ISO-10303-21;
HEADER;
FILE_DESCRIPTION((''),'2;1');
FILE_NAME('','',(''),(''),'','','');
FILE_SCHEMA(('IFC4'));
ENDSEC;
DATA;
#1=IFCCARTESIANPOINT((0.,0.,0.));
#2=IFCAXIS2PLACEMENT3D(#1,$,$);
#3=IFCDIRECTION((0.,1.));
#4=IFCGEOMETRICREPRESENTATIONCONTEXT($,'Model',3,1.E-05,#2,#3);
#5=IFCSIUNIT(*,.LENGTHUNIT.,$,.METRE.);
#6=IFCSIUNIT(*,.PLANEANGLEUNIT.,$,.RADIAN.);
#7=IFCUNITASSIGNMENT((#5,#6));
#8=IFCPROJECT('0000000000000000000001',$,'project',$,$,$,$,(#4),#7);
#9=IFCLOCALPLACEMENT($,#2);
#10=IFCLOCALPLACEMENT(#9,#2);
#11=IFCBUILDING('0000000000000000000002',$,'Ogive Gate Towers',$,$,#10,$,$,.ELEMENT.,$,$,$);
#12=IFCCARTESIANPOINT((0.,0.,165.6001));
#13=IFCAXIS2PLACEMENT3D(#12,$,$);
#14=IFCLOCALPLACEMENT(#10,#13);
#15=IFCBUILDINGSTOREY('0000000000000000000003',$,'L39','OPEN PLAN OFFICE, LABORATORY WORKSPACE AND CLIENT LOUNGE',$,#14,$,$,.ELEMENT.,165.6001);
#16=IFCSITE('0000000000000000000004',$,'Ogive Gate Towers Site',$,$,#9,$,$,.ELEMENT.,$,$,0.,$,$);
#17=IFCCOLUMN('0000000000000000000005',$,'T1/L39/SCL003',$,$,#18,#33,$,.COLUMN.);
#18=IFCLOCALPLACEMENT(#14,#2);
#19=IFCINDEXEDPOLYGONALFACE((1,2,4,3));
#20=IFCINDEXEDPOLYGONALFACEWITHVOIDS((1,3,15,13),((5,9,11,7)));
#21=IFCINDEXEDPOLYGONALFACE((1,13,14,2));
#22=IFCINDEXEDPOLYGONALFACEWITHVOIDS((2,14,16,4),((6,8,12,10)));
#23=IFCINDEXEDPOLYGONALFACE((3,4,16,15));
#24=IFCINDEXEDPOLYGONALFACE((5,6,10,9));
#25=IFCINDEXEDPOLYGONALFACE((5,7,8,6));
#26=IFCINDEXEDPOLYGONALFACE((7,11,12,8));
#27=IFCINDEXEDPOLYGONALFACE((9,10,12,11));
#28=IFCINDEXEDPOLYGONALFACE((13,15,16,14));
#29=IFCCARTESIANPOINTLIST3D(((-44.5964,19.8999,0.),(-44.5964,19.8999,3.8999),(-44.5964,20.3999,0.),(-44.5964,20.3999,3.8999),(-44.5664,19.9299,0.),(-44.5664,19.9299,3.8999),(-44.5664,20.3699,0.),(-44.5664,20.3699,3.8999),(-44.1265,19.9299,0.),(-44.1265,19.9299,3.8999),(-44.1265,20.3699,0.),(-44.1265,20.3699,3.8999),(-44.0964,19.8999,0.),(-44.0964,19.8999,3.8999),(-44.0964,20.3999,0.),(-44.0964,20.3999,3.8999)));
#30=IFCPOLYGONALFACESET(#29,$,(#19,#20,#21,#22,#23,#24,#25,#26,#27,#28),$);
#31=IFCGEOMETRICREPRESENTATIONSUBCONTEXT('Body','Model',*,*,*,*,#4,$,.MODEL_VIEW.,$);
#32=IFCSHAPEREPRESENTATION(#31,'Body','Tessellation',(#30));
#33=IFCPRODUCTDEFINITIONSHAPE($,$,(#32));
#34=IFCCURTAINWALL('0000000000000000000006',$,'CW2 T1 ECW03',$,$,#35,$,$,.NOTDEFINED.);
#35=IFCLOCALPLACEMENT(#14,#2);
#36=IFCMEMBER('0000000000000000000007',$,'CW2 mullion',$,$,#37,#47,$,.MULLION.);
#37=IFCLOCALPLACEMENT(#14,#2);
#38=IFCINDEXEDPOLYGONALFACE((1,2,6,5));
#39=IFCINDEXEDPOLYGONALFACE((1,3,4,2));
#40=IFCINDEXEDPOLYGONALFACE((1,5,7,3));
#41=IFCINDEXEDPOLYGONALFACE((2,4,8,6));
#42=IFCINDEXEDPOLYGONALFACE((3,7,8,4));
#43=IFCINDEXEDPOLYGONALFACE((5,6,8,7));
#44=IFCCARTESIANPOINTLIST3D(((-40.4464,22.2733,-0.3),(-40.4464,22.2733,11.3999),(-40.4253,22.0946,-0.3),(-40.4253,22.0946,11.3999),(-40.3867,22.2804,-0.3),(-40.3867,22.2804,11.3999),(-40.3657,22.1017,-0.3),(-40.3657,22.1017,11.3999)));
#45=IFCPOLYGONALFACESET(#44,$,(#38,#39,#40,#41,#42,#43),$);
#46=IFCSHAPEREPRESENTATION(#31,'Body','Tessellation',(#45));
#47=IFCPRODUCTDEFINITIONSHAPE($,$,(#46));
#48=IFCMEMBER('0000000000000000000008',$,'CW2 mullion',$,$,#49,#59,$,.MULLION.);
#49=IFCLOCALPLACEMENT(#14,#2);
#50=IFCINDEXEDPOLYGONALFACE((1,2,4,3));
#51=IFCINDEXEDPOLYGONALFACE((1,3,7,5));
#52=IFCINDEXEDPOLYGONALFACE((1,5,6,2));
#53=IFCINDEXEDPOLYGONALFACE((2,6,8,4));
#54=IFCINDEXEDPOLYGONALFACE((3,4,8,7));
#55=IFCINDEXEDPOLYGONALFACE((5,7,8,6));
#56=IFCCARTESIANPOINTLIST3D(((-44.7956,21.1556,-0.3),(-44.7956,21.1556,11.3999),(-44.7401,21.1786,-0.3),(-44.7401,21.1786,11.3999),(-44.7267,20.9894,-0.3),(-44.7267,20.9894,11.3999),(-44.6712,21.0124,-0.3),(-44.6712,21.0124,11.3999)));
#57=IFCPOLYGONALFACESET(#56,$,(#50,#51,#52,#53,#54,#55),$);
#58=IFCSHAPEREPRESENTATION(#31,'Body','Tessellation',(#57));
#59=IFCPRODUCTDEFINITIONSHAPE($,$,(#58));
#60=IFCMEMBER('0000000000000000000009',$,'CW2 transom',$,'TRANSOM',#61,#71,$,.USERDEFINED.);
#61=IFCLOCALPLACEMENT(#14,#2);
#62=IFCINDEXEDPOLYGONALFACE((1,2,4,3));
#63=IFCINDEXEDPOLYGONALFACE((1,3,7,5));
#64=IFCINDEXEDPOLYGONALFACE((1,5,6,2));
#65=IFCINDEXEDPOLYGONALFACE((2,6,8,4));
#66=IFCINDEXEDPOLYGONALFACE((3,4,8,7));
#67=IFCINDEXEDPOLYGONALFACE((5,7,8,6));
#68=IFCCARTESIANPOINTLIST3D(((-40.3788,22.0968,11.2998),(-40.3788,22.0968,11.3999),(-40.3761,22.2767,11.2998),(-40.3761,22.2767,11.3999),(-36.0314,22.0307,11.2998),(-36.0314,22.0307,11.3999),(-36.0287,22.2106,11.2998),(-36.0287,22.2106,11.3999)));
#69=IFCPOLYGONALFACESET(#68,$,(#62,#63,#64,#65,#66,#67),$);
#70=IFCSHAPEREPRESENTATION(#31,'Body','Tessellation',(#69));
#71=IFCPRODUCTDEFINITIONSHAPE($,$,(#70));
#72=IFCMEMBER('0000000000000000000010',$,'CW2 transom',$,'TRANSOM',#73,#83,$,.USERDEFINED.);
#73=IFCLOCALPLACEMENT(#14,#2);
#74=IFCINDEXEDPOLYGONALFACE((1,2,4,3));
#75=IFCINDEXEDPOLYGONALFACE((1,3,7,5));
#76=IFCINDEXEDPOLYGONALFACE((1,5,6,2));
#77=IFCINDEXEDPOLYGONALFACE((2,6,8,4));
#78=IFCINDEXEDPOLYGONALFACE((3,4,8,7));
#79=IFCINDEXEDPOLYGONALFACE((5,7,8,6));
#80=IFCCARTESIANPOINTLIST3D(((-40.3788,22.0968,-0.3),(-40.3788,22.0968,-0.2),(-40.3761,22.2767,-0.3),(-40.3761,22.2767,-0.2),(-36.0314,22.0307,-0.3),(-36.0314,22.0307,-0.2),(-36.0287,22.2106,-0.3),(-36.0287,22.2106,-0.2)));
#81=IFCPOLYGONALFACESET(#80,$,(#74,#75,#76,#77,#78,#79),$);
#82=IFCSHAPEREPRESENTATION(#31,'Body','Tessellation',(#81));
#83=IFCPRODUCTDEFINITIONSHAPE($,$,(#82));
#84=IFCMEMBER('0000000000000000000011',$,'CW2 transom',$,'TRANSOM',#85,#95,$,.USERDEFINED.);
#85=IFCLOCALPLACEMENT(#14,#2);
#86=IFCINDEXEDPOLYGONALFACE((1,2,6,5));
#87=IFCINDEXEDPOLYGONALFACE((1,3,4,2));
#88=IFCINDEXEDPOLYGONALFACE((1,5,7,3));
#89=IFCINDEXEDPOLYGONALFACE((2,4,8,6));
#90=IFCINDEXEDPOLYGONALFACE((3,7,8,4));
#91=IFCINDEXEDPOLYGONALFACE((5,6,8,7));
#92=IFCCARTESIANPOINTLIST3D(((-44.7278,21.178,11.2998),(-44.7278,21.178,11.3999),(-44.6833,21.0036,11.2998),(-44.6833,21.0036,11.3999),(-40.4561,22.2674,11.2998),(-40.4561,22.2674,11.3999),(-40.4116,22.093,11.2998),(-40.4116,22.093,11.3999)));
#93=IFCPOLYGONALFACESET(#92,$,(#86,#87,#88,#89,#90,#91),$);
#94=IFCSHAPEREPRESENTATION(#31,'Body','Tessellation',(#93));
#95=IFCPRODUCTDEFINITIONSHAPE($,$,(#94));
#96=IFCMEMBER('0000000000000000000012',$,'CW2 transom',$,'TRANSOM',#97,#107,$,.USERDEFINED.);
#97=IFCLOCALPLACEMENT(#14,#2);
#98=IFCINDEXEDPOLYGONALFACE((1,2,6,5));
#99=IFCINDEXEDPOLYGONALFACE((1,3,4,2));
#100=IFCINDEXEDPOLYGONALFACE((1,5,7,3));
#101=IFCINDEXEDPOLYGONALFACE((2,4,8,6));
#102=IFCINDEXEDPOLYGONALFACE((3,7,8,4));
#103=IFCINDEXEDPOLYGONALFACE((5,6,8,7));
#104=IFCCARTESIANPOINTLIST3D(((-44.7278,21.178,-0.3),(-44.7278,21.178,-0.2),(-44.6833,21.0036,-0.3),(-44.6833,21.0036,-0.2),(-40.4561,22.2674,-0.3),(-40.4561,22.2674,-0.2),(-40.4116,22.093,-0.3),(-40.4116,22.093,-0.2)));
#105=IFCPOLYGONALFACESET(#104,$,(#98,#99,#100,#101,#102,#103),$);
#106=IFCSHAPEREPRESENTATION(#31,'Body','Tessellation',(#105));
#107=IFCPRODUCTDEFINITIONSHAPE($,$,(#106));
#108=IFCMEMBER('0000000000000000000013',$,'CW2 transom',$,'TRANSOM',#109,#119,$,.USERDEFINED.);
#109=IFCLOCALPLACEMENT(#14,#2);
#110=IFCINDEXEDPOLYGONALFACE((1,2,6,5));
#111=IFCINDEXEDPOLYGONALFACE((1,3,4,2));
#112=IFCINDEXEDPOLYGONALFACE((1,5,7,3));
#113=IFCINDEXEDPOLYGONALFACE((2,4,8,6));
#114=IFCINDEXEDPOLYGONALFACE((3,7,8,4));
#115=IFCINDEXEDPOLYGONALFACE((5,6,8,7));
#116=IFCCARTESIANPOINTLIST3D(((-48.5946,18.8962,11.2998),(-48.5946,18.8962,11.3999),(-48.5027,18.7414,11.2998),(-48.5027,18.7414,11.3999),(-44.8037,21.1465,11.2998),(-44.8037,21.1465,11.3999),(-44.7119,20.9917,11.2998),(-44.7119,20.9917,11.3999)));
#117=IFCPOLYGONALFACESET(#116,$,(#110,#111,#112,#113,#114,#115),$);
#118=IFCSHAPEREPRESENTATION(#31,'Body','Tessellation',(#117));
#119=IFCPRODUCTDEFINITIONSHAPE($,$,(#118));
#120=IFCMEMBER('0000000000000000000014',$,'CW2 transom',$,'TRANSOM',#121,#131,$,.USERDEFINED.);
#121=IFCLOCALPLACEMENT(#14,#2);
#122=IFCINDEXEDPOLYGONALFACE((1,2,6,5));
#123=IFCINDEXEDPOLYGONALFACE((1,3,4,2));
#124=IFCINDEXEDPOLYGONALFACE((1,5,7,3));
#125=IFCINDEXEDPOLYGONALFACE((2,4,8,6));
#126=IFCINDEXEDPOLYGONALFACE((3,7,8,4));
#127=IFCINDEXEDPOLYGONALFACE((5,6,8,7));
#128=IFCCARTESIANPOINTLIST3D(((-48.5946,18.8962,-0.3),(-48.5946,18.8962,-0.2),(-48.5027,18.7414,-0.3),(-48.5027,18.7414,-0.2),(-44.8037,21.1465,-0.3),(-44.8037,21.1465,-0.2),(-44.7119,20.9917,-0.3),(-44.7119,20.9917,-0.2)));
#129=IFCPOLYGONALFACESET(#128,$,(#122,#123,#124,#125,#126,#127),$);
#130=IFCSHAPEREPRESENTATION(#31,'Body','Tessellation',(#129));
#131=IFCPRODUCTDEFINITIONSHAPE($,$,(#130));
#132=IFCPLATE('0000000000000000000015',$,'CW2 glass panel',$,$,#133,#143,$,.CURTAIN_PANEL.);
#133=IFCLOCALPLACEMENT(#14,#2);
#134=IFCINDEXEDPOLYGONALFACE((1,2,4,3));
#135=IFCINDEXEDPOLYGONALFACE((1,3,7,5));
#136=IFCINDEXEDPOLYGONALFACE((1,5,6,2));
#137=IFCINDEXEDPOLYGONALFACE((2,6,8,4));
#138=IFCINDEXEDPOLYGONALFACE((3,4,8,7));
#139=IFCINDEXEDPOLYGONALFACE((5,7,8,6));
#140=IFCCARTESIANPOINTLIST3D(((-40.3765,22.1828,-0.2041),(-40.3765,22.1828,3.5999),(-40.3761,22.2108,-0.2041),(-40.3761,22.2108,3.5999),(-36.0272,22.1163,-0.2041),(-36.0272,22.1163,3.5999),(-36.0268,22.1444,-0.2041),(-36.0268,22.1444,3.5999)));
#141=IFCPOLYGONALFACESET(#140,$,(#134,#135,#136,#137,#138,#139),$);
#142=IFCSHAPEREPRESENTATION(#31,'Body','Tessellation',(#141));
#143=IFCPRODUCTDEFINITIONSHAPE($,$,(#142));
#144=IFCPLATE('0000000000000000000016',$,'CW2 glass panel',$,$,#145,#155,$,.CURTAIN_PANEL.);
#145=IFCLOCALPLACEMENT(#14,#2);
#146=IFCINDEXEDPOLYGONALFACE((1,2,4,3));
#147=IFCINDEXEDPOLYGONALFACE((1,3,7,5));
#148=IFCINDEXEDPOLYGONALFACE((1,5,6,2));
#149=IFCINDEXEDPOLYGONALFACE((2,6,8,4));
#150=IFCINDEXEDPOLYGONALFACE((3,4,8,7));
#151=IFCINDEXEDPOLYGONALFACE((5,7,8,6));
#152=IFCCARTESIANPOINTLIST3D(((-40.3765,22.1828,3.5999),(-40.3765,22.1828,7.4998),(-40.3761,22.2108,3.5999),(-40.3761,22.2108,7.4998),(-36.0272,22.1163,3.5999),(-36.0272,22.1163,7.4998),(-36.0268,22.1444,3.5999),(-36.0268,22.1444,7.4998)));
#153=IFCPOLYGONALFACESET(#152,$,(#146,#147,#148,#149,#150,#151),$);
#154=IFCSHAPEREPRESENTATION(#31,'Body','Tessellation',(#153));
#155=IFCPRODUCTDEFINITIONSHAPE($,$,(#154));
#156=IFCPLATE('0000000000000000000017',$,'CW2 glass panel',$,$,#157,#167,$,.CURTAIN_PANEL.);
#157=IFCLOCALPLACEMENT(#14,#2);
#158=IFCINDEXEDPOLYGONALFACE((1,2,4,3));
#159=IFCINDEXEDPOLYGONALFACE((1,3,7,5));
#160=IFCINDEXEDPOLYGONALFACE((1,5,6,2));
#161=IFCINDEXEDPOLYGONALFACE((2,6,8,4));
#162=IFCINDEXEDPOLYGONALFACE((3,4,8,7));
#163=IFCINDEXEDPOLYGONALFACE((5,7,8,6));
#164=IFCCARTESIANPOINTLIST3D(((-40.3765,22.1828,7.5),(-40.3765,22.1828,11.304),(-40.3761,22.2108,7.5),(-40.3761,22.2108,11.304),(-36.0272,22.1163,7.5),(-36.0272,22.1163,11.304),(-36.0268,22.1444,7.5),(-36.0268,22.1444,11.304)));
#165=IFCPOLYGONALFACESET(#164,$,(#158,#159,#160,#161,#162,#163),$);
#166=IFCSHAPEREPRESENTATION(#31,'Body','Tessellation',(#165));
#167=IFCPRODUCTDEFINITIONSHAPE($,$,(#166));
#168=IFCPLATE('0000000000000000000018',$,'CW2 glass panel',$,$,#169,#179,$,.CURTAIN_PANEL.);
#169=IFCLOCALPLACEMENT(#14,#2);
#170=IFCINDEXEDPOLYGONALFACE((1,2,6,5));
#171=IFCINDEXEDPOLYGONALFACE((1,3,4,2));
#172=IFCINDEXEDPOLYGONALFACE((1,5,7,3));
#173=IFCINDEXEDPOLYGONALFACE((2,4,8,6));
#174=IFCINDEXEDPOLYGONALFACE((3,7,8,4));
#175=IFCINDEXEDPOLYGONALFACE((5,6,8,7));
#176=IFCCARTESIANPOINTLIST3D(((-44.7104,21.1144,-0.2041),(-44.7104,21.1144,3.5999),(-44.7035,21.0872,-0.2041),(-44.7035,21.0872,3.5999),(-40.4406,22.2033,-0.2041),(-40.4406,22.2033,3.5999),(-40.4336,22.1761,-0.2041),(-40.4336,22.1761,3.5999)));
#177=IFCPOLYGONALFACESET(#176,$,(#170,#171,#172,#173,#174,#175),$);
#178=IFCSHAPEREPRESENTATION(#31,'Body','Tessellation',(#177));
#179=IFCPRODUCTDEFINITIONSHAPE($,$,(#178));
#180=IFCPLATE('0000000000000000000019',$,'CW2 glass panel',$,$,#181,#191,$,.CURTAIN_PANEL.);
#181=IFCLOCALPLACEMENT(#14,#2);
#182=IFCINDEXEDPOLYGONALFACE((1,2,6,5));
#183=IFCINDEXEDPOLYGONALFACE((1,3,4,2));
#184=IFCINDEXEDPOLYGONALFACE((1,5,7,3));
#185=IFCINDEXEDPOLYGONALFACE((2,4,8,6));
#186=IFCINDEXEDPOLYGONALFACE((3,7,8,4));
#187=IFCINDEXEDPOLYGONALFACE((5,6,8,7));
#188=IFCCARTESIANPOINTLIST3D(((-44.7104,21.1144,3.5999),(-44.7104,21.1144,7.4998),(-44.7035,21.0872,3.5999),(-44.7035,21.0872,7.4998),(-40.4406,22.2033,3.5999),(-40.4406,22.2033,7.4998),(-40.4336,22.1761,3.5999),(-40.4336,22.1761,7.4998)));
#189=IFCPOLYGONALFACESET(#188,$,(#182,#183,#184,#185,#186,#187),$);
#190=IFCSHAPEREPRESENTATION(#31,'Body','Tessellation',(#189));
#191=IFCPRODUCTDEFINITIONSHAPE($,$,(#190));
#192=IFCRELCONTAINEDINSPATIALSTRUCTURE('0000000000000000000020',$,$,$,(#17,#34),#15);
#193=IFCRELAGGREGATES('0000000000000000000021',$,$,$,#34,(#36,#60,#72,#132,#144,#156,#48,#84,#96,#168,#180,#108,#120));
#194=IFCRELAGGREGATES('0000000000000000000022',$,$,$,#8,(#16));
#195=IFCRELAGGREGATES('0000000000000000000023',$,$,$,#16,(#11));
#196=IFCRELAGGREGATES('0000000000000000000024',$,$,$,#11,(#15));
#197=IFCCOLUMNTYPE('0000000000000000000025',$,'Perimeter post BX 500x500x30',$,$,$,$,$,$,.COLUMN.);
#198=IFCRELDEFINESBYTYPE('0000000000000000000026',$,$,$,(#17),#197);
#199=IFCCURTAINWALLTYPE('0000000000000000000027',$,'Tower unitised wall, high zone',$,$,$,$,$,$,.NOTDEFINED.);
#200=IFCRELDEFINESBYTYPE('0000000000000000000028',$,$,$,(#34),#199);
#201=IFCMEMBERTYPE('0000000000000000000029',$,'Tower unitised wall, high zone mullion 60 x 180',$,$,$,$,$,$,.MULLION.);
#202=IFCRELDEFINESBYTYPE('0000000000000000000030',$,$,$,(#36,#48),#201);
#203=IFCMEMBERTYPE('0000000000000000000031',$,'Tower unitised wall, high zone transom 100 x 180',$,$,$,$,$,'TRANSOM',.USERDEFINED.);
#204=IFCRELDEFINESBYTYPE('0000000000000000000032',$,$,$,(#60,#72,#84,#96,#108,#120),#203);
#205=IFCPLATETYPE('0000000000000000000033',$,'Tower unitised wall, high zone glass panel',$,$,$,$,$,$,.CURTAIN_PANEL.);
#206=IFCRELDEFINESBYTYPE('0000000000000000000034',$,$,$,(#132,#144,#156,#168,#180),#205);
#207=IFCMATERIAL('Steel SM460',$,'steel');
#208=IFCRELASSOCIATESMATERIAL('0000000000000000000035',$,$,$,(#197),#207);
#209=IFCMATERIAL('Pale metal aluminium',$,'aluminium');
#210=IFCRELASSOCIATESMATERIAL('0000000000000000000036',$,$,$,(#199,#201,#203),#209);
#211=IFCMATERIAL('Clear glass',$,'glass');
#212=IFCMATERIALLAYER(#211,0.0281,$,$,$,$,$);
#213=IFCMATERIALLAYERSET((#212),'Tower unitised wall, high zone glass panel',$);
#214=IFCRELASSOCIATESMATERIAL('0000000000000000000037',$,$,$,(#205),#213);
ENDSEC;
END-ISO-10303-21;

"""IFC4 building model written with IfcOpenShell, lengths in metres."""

from ifc_helpers import new_model, si_unit, direction, frame, origin, origin_2d, place, context, subcontext, project, spatial, rectangle, hollow_rectangle, extrude, material, layer, layer_set, material_profile, profile_set, type_object, element, aggregate, save


model = new_model("IFC4")

# Units and contexts
model_context = context("Model", 3, precision=1e-05, world=origin(), true_north=direction((0.0, 1.0)))
body_context = subcontext(model_context, "Body", "Model", "MODEL_VIEW")
ifc_project = project(units=[si_unit("LENGTHUNIT", "METRE"), si_unit("PLANEANGLEUNIT", "RADIAN")], contexts=[model_context])

# Site, building, storey
site_placement = place(None, origin())
site = spatial("IfcSite", under=ifc_project, at=site_placement, Name="Ogive Gate Towers Site", CompositionType="ELEMENT", RefElevation=0.0)
building_placement = place(site_placement, origin())
building = spatial("IfcBuilding", under=site, at=building_placement, Name="Ogive Gate Towers", CompositionType="ELEMENT")
storey_placement = place(building_placement, frame((0.0, 0.0, 165.6001)))
storey = spatial("IfcBuildingStorey", under=building, at=storey_placement, Name="L39", Description="OPEN PLAN OFFICE, LABORATORY WORKSPACE AND CLIENT LOUNGE", CompositionType="ELEMENT", Elevation=165.6001)

# Column
ifc_material_1 = material(Name="Steel SM460", Category="steel")
ifc_material_profile_1 = material_profile(ifc_material_1, hollow_rectangle(XDim=0.5, YDim=0.5, WallThickness=0.03, at=origin_2d()), Name="BX 500x500x30")
ifc_profile_set_1 = profile_set([ifc_material_profile_1], Name="Steel SM460")
column_type = type_object("IfcColumnType", Name="Perimeter post BX 500x500x30", PredefinedType="COLUMN", material=ifc_profile_set_1)
column_placement = place(storey_placement, frame((-44.3464, 20.1499, 0.0), z_axis=(0.0, 0.0, 1.0), x_axis=(1.0, 0.0, 0.0)))
element("IfcColumn", 1, at=column_placement, inside=storey, type_object=column_type, Name="T1/L39/SCL003", PredefinedType="COLUMN", context=body_context, shape_type="SweptSolid", body=[
    extrude(hollow_rectangle(XDim=0.5, YDim=0.5, WallThickness=0.03, at=origin_2d()), origin(), (0.0, 0.0, 1.0), 3.8999),
])

# Curtain wall, members, plates
ifc_material_2 = material(Name="Pale metal aluminium", Category="aluminium")
curtain_wall_type = type_object("IfcCurtainWallType", Name="Tower unitised wall, high zone", PredefinedType="NOTDEFINED", material=ifc_material_2)
curtain_wall_placement = place(storey_placement, origin())
curtain_wall = element("IfcCurtainWall", 2, at=curtain_wall_placement, inside=storey, type_object=curtain_wall_type, Name="CW2 T1 ECW03", PredefinedType="NOTDEFINED")
ifc_material_profile_2 = material_profile(ifc_material_2, rectangle(XDim=0.1799, YDim=0.0601, at=origin_2d()), Name="60 x 180 aluminium box")
ifc_profile_set_2 = profile_set([ifc_material_profile_2], Name="Pale metal aluminium")
member_type_1 = type_object("IfcMemberType", Name="Tower unitised wall, high zone mullion 60 x 180", PredefinedType="MULLION", material=ifc_profile_set_2)
member_1_placement = place(storey_placement, frame((-40.406, 22.1875, -0.3), z_axis=(0.0, 0.0, 1.0), x_axis=(-0.116948, 0.993138, 0.0)))
member_1 = element("IfcMember", 3, at=member_1_placement, type_object=member_type_1, Name="CW2 mullion", PredefinedType="MULLION", context=body_context, shape_type="SweptSolid", body=[
    extrude(rectangle(XDim=0.1799, YDim=0.0601, at=origin_2d()), origin(), (0.0, 0.0, 1.0), 11.7),
])
member_2_placement = place(storey_placement, frame((-44.7334, 21.084, -0.3), z_axis=(0.0, 0.0, 1.0), x_axis=(-0.382683, 0.92388, 0.0)))
member_2 = element("IfcMember", 4, at=member_2_placement, type_object=member_type_1, Name="CW2 mullion", PredefinedType="MULLION", context=body_context, shape_type="SweptSolid", body=[
    extrude(rectangle(XDim=0.1799, YDim=0.0601, at=origin_2d()), origin(), (0.0, 0.0, 1.0), 11.7),
])
ifc_material_profile_3 = material_profile(ifc_material_2, rectangle(XDim=0.1799, YDim=0.1001, at=origin_2d()), Name="100 x 180 aluminium box")
ifc_profile_set_3 = profile_set([ifc_material_profile_3], Name="Pale metal aluminium")
member_type_2 = type_object("IfcMemberType", Name="Tower unitised wall, high zone transom 100 x 180", ElementType="TRANSOM", PredefinedType="USERDEFINED", material=ifc_profile_set_3)
member_3_placement = place(storey_placement, frame((-36.03, 22.1206, 11.3499), z_axis=(-0.999884, 0.015217, 0.0), x_axis=(-0.015217, -0.999884, 0.0)))
member_3 = element("IfcMember", 5, at=member_3_placement, type_object=member_type_2, Name="CW2 transom", ObjectType="TRANSOM", PredefinedType="USERDEFINED", context=body_context, shape_type="SweptSolid", body=[
    extrude(rectangle(XDim=0.1799, YDim=0.1001, at=origin_2d()), origin(), (0.0, 0.0, 1.0), 4.3479),
])
member_4_placement = place(storey_placement, frame((-36.03, 22.1206, -0.25), z_axis=(-0.999884, 0.015217, 0.0), x_axis=(-0.015217, -0.999884, 0.0)))
member_4 = element("IfcMember", 6, at=member_4_placement, type_object=member_type_2, Name="CW2 transom", ObjectType="TRANSOM", PredefinedType="USERDEFINED", context=body_context, shape_type="SweptSolid", body=[
    extrude(rectangle(XDim=0.1799, YDim=0.1001, at=origin_2d()), origin(), (0.0, 0.0, 1.0), 4.3479),
])
member_5_placement = place(storey_placement, frame((-40.4338, 22.1802, 11.3499), z_axis=(-0.968988, -0.247107, 0.0), x_axis=(0.247107, -0.968988, 0.0)))
member_5 = element("IfcMember", 7, at=member_5_placement, type_object=member_type_2, Name="CW2 transom", ObjectType="TRANSOM", PredefinedType="USERDEFINED", context=body_context, shape_type="SweptSolid", body=[
    extrude(rectangle(XDim=0.1799, YDim=0.1001, at=origin_2d()), origin(), (0.0, 0.0, 1.0), 4.4084),
])
member_6_placement = place(storey_placement, frame((-40.4338, 22.1802, -0.25), z_axis=(-0.968988, -0.247107, 0.0), x_axis=(0.247107, -0.968988, 0.0)))
member_6 = element("IfcMember", 8, at=member_6_placement, type_object=member_type_2, Name="CW2 transom", ObjectType="TRANSOM", PredefinedType="USERDEFINED", context=body_context, shape_type="SweptSolid", body=[
    extrude(rectangle(XDim=0.1799, YDim=0.1001, at=origin_2d()), origin(), (0.0, 0.0, 1.0), 4.4084),
])
member_7_placement = place(storey_placement, frame((-44.7578, 21.0691, 11.3499), z_axis=(-0.859907, -0.51045, 0.0), x_axis=(0.51045, -0.859907, 0.0)))
member_7 = element("IfcMember", 9, at=member_7_placement, type_object=member_type_2, Name="CW2 transom", ObjectType="TRANSOM", PredefinedType="USERDEFINED", context=body_context, shape_type="SweptSolid", body=[
    extrude(rectangle(XDim=0.1799, YDim=0.1001, at=origin_2d()), origin(), (0.0, 0.0, 1.0), 4.4084),
])
member_8_placement = place(storey_placement, frame((-44.7578, 21.0691, -0.25), z_axis=(-0.859907, -0.51045, 0.0), x_axis=(0.51045, -0.859907, 0.0)))
member_8 = element("IfcMember", 10, at=member_8_placement, type_object=member_type_2, Name="CW2 transom", ObjectType="TRANSOM", PredefinedType="USERDEFINED", context=body_context, shape_type="SweptSolid", body=[
    extrude(rectangle(XDim=0.1799, YDim=0.1001, at=origin_2d()), origin(), (0.0, 0.0, 1.0), 4.4084),
])
ifc_material_3 = material(Name="Clear glass", Category="glass")
ifc_layer = layer(ifc_material_3, 0.0281)
ifc_layer_set = layer_set([ifc_layer], Name="Tower unitised wall, high zone glass panel")
plate_type = type_object("IfcPlateType", Name="Tower unitised wall, high zone glass panel", PredefinedType="CURTAIN_PANEL", material=ifc_layer_set)
plate_1_placement = place(storey_placement, frame((-38.2017, 22.1636, -0.2041), z_axis=(0.0, 0.0, 1.0), x_axis=(-0.999883, 0.015271, 0.0)))
plate_1 = element("IfcPlate", 11, at=plate_1_placement, type_object=plate_type, Name="CW2 glass panel", PredefinedType="CURTAIN_PANEL", context=body_context, shape_type="SweptSolid", body=[
    extrude(rectangle(XDim=4.3499, YDim=0.0281, at=origin_2d()), origin(), (0.0, 0.0, 1.0), 3.804),
])
plate_2_placement = place(storey_placement, frame((-38.2017, 22.1636, 3.5999), z_axis=(0.0, 0.0, 1.0), x_axis=(-0.999883, 0.015271, 0.0)))
plate_2 = element("IfcPlate", 12, at=plate_2_placement, type_object=plate_type, Name="CW2 glass panel", PredefinedType="CURTAIN_PANEL", context=body_context, shape_type="SweptSolid", body=[
    extrude(rectangle(XDim=4.3499, YDim=0.0281, at=origin_2d()), origin(), (0.0, 0.0, 1.0), 3.8999),
])
plate_3_placement = place(storey_placement, frame((-38.2017, 22.1636, 7.5), z_axis=(0.0, 0.0, 1.0), x_axis=(-0.999883, 0.015271, 0.0)))
plate_3 = element("IfcPlate", 13, at=plate_3_placement, type_object=plate_type, Name="CW2 glass panel", PredefinedType="CURTAIN_PANEL", context=body_context, shape_type="SweptSolid", body=[
    extrude(rectangle(XDim=4.3499, YDim=0.0281, at=origin_2d()), origin(), (0.0, 0.0, 1.0), 3.804),
])
plate_4_placement = place(storey_placement, frame((-42.572, 21.6453, -0.2041), z_axis=(0.0, 0.0, 1.0), x_axis=(-0.96899, -0.2471, 0.0)))
plate_4 = element("IfcPlate", 14, at=plate_4_placement, type_object=plate_type, Name="CW2 glass panel", PredefinedType="CURTAIN_PANEL", context=body_context, shape_type="SweptSolid", body=[
    extrude(rectangle(XDim=4.4065, YDim=0.0281, at=origin_2d()), origin(), (0.0, 0.0, 1.0), 3.804),
])
plate_5_placement = place(storey_placement, frame((-42.572, 21.6453, 3.5999), z_axis=(0.0, 0.0, 1.0), x_axis=(-0.96899, -0.2471, 0.0)))
plate_5 = element("IfcPlate", 15, at=plate_5_placement, type_object=plate_type, Name="CW2 glass panel", PredefinedType="CURTAIN_PANEL", context=body_context, shape_type="SweptSolid", body=[
    extrude(rectangle(XDim=4.4065, YDim=0.0281, at=origin_2d()), origin(), (0.0, 0.0, 1.0), 3.8999),
])
aggregate(curtain_wall, [member_1, member_3, member_4, plate_1, plate_2, plate_3, member_2, member_5, member_6, plate_4, plate_5, member_7, member_8])

save(model, "model.ifc")
